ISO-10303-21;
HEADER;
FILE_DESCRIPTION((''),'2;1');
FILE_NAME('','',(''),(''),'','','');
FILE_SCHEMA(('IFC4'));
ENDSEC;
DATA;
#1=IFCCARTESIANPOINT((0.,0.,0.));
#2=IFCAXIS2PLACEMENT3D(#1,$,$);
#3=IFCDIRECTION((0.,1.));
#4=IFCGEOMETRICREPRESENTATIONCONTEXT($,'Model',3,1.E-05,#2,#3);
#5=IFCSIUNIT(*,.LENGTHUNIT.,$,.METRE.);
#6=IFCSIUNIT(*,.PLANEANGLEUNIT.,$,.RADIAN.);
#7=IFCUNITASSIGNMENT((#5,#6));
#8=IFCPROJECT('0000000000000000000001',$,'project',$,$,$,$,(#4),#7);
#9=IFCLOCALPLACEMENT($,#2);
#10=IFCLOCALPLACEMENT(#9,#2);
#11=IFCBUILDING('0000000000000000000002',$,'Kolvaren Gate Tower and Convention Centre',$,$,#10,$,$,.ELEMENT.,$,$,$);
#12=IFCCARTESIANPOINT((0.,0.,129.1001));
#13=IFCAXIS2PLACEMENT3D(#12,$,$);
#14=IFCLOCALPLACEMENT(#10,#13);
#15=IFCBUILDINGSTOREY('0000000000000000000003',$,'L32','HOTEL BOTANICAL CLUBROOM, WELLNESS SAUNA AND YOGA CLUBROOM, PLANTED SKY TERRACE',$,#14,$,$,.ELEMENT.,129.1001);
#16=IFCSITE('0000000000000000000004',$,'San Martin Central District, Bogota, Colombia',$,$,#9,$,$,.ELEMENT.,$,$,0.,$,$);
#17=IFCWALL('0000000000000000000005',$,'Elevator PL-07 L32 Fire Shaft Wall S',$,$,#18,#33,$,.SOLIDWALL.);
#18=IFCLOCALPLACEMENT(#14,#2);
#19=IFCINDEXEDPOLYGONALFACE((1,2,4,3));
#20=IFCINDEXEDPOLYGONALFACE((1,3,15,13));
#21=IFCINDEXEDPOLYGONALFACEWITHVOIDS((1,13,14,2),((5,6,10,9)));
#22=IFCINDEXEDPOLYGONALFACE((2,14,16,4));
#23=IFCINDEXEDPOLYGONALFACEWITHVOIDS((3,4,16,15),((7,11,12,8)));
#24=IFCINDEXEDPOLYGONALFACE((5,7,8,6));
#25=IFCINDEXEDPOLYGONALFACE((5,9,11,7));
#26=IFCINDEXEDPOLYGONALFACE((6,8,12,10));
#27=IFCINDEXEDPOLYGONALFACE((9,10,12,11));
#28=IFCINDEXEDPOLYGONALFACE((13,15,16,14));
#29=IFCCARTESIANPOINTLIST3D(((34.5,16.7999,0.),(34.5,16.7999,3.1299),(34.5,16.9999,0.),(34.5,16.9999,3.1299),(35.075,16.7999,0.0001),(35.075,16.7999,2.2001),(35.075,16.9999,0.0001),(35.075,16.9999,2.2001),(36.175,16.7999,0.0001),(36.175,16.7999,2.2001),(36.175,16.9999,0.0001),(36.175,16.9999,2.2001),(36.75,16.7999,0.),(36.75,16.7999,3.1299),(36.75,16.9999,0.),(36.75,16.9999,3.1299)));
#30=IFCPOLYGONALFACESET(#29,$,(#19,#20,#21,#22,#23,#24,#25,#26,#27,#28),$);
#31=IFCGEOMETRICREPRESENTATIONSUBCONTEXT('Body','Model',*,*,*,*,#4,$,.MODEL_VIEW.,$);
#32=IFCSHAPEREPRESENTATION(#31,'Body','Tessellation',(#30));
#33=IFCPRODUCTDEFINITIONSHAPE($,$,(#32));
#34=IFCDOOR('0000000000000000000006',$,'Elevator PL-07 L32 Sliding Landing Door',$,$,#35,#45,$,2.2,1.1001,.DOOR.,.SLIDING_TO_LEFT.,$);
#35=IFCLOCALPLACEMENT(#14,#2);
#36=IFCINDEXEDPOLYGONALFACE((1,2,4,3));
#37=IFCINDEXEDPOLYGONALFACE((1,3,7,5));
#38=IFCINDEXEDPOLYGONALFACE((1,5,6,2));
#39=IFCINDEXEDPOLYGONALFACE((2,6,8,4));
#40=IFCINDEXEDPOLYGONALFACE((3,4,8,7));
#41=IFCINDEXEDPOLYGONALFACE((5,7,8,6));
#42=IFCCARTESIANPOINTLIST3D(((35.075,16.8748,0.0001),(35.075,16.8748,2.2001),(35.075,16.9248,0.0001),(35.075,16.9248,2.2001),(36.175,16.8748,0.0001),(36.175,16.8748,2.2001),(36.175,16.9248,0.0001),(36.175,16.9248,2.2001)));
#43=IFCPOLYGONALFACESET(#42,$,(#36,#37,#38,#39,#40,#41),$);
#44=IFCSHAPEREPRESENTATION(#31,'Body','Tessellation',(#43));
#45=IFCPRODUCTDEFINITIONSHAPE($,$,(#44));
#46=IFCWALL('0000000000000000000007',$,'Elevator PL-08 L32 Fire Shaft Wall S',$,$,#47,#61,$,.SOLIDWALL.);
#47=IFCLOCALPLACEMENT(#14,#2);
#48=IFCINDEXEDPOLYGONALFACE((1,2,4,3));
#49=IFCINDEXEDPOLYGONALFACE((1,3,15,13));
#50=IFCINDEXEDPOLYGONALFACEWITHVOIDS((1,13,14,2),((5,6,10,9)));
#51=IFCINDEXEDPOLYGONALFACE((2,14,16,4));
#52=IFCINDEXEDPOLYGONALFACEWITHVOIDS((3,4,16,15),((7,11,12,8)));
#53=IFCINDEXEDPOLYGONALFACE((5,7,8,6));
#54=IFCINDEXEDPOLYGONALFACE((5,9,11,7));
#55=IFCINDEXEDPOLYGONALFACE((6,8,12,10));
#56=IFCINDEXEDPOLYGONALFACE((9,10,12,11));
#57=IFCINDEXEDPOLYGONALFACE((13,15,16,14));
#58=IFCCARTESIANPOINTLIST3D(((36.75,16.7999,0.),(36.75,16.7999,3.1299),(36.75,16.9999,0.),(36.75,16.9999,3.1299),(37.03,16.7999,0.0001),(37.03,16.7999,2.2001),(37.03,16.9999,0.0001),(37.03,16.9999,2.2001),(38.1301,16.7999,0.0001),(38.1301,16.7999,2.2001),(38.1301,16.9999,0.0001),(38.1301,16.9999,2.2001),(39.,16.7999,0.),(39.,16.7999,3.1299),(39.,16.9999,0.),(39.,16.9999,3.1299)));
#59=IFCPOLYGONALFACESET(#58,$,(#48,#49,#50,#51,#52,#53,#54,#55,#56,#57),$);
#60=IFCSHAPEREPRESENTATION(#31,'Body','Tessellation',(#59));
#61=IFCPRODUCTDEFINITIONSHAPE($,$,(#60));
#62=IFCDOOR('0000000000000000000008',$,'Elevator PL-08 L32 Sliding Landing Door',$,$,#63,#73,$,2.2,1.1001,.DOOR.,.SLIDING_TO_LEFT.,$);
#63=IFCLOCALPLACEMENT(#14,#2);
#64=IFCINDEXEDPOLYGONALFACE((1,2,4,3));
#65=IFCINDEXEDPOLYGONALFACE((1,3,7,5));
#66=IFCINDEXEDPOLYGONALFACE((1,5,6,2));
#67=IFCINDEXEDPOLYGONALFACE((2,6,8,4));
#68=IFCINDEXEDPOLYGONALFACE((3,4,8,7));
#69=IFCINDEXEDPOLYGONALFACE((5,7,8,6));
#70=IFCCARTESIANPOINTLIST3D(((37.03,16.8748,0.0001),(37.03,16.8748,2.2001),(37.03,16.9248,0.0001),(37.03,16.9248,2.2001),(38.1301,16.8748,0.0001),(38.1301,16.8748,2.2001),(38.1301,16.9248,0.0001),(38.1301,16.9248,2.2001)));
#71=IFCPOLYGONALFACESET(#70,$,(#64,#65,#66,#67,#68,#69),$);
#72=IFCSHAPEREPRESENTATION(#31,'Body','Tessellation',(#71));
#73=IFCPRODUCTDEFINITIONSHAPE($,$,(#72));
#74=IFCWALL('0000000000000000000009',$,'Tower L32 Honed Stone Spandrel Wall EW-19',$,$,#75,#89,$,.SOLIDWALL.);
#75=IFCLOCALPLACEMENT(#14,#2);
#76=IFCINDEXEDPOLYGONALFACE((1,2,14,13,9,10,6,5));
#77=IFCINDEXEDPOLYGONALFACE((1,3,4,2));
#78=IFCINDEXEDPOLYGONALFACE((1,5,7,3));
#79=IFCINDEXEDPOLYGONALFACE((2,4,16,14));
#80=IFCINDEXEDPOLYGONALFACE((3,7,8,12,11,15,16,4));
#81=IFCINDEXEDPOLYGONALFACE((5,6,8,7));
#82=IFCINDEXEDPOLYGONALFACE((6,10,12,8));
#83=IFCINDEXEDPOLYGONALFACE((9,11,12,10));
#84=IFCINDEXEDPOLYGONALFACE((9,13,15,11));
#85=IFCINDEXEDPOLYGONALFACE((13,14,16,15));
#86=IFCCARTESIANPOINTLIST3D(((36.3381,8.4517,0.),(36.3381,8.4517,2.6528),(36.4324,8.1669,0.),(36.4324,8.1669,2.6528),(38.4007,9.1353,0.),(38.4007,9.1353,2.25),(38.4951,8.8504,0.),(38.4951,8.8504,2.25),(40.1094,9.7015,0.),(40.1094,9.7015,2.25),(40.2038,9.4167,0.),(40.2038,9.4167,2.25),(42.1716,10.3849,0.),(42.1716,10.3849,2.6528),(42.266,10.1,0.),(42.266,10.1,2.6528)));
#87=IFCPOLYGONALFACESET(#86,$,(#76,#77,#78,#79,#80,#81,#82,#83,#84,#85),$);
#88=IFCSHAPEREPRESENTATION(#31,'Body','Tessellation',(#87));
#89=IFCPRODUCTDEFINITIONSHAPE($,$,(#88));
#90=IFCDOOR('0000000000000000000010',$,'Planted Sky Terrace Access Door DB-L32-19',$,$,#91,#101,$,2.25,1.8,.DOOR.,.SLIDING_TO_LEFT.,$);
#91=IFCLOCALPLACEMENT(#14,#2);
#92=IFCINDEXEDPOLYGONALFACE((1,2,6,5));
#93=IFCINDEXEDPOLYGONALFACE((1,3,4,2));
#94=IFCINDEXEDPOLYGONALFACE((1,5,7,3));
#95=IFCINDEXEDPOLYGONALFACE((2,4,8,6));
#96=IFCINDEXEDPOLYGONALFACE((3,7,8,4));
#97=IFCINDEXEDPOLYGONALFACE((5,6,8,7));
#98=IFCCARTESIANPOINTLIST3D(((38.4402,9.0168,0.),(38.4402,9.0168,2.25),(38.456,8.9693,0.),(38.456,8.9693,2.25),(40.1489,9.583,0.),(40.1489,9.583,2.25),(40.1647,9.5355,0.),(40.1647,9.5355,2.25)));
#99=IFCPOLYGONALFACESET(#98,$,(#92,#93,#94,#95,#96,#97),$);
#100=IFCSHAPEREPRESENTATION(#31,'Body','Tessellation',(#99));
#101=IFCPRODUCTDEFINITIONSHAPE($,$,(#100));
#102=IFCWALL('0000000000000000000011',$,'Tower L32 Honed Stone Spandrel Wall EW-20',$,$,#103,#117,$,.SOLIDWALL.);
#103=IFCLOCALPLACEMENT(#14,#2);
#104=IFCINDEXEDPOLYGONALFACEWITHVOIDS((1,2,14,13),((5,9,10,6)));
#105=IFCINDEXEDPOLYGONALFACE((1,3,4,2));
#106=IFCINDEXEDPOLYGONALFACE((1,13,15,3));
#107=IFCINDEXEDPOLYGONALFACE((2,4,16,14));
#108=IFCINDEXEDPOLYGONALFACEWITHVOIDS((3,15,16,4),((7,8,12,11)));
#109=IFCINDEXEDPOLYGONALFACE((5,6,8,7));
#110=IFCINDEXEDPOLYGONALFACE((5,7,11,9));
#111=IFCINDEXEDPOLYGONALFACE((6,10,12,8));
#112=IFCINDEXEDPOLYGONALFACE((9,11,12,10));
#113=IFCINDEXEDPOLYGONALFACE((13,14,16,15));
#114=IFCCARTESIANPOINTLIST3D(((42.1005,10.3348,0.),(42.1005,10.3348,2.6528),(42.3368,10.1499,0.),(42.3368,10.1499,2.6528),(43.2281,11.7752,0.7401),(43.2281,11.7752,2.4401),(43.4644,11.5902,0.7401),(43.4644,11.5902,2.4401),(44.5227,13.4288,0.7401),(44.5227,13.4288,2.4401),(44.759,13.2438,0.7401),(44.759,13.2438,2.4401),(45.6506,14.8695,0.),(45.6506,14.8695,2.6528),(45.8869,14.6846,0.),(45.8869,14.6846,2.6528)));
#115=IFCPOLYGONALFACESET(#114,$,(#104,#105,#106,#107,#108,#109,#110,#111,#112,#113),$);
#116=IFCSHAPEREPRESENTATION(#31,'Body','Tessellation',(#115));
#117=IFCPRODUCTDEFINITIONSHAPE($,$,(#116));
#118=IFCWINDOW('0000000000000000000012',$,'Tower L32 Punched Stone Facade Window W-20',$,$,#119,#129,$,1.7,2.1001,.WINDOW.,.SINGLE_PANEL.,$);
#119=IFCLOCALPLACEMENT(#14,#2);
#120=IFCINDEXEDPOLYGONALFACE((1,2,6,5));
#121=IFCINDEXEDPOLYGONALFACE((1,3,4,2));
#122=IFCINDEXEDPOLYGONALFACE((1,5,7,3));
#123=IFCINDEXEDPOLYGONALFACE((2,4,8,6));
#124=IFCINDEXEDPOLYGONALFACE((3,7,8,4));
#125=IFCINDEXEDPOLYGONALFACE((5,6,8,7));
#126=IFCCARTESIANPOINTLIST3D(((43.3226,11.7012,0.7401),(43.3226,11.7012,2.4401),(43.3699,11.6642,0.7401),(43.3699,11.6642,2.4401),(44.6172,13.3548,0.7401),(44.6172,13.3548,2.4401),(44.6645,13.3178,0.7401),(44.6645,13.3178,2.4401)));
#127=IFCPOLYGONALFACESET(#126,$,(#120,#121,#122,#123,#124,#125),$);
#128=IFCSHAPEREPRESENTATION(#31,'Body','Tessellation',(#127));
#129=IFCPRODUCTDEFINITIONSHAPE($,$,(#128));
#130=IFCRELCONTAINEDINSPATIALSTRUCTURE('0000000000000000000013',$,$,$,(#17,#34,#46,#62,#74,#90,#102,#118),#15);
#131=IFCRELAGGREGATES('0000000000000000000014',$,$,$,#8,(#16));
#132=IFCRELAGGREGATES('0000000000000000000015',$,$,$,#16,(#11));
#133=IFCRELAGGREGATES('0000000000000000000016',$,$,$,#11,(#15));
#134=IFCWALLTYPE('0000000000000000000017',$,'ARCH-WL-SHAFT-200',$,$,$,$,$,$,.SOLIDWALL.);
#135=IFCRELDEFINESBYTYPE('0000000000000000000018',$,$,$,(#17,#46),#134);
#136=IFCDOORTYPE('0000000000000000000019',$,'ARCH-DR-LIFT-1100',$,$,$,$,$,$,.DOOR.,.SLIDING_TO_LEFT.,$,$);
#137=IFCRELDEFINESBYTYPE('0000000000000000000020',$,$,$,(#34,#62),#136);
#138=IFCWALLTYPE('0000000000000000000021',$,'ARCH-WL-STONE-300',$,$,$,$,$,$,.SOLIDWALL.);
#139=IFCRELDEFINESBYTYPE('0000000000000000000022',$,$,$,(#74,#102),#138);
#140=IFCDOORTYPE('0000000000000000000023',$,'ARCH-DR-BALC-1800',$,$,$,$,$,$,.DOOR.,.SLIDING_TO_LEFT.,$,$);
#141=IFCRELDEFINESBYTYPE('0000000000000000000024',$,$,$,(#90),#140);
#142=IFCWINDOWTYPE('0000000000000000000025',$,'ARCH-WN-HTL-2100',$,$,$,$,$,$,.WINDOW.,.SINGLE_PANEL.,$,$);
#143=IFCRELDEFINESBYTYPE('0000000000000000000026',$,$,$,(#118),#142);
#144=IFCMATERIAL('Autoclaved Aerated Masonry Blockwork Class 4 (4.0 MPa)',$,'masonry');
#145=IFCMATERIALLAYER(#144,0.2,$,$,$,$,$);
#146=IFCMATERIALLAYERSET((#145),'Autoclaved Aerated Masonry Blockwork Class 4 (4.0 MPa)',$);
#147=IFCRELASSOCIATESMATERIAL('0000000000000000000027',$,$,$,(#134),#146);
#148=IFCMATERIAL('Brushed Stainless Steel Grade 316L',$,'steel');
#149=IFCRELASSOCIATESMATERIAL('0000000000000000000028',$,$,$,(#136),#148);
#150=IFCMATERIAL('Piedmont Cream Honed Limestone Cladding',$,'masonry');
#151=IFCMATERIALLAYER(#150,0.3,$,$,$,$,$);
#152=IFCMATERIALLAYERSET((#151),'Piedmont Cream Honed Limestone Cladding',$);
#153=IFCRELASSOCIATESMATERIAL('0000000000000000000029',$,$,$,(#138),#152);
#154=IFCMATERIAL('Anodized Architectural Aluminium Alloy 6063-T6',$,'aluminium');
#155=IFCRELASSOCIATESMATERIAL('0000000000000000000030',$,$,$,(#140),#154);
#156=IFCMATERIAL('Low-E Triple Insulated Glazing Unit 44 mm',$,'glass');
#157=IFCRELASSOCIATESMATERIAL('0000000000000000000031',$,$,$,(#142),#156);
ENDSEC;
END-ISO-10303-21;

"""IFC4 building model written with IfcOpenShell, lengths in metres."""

from ifc_helpers import new_model, si_unit, direction, frame, frame_2d, origin, place, context, subcontext, project, spatial, rectangle, extrude, material, layer, layer_set, type_object, element, fill, save


model = new_model("IFC4")

# Units and contexts
model_context = context("Model", 3, precision=1e-05, world=origin(), true_north=direction((0.0, 1.0)))
body_context = subcontext(model_context, "Body", "Model", "MODEL_VIEW")
ifc_project = project(units=[si_unit("LENGTHUNIT", "METRE"), si_unit("PLANEANGLEUNIT", "RADIAN")], contexts=[model_context])

# Site, building, storey
site_placement = place(None, origin())
site = spatial("IfcSite", under=ifc_project, at=site_placement, Name="San Martin Central District, Bogota, Colombia", CompositionType="ELEMENT", RefElevation=0.0)
building_placement = place(site_placement, origin())
building = spatial("IfcBuilding", under=site, at=building_placement, Name="Kolvaren Gate Tower and Convention Centre", CompositionType="ELEMENT")
storey_placement = place(building_placement, frame((0.0, 0.0, 129.1001)))
storey = spatial("IfcBuildingStorey", under=building, at=storey_placement, Name="L32", Description="HOTEL BOTANICAL CLUBROOM, WELLNESS SAUNA AND YOGA CLUBROOM, PLANTED SKY TERRACE", CompositionType="ELEMENT", Elevation=129.1001)

# Shared definitions
ifc_material_1 = material(Name="Piedmont Cream Honed Limestone Cladding", Category="masonry")
ifc_material_2 = material(Name="Autoclaved Aerated Masonry Blockwork Class 4 (4.0 MPa)", Category="masonry")
ifc_layer_1 = layer(ifc_material_2, 0.2)
ifc_layer_set_1 = layer_set([ifc_layer_1], Name="Autoclaved Aerated Masonry Blockwork Class 4 (4.0 MPa)")
wall_type_1 = type_object("IfcWallType", Name="ARCH-WL-SHAFT-200", PredefinedType="SOLIDWALL", material=ifc_layer_set_1)

# Shared definitions
ifc_material_3 = material(Name="Brushed Stainless Steel Grade 316L", Category="steel")
door_type_1 = type_object("IfcDoorType", Name="ARCH-DR-LIFT-1100", OperationType="SLIDING_TO_LEFT", PredefinedType="DOOR", material=ifc_material_3)

# Walls, openings, doors
wall_1_placement = place(storey_placement, frame((34.5, 16.8999, 0.0), z_axis=(0.0, 0.0, 1.0), x_axis=(1.0, 0.0, 0.0)))
wall_1 = element("IfcWall", 1, at=wall_1_placement, inside=storey, type_object=wall_type_1, Name="Elevator PL-07 L32 Fire Shaft Wall S", PredefinedType="SOLIDWALL", context=body_context, shape_type="SweptSolid", body=[
    extrude(rectangle(XDim=2.25, YDim=0.2, at=frame_2d((1.125, 0.0))), origin(), (0.0, 0.0, 1.0), 3.1299),
])
opening_1_placement = place(wall_1_placement, frame((0.575, 0.0, 0.0)))
opening_1 = element("IfcOpeningElement", 2, at=opening_1_placement, cuts=wall_1, PredefinedType="OPENING", context=body_context, shape_type="SweptSolid", body=[
    extrude(rectangle(XDim=1.1001, YDim=2.2, at=frame_2d((0.55, 1.1001))), frame((0.0, 0.1099, 0.0), z_axis=(0.0, -1.0, 0.0), x_axis=(1.0, 0.0, 0.0)), (0.0, 0.0, 1.0), 0.22),
])
door_1_placement = place(opening_1_placement, origin())
door_1 = element("IfcDoor", 3, at=door_1_placement, inside=storey, type_object=door_type_1, Name="Elevator PL-07 L32 Sliding Landing Door", OperationType="SLIDING_TO_LEFT", OverallHeight=2.2, OverallWidth=1.1001, PredefinedType="DOOR", context=body_context, shape_type="SweptSolid", body=[
    extrude(rectangle(XDim=1.1001, YDim=2.2, at=frame_2d((0.55, 1.1001))), frame((0.0, 0.0249, 0.0), z_axis=(0.0, -1.0, 0.0), x_axis=(1.0, 0.0, 0.0)), (0.0, 0.0, 1.0), 0.05),
])
fill(opening_1, door_1)
wall_2_placement = place(storey_placement, frame((36.75, 16.8999, 0.0), z_axis=(0.0, 0.0, 1.0), x_axis=(1.0, 0.0, 0.0)))
wall_2 = element("IfcWall", 4, at=wall_2_placement, inside=storey, type_object=wall_type_1, Name="Elevator PL-08 L32 Fire Shaft Wall S", PredefinedType="SOLIDWALL", context=body_context, shape_type="SweptSolid", body=[
    extrude(rectangle(XDim=2.25, YDim=0.2, at=frame_2d((1.125, 0.0))), origin(), (0.0, 0.0, 1.0), 3.1299),
])
opening_2_placement = place(wall_2_placement, frame((0.28, 0.0, 0.0)))
opening_2 = element("IfcOpeningElement", 5, at=opening_2_placement, cuts=wall_2, PredefinedType="OPENING", context=body_context, shape_type="SweptSolid", body=[
    extrude(rectangle(XDim=1.1001, YDim=2.2, at=frame_2d((0.55, 1.1001))), frame((0.0, 0.1099, 0.0), z_axis=(0.0, -1.0, 0.0), x_axis=(1.0, 0.0, 0.0)), (0.0, 0.0, 1.0), 0.22),
])
door_2_placement = place(opening_2_placement, origin())
door_2 = element("IfcDoor", 6, at=door_2_placement, inside=storey, type_object=door_type_1, Name="Elevator PL-08 L32 Sliding Landing Door", OperationType="SLIDING_TO_LEFT", OverallHeight=2.2, OverallWidth=1.1001, PredefinedType="DOOR", context=body_context, shape_type="SweptSolid", body=[
    extrude(rectangle(XDim=1.1001, YDim=2.2, at=frame_2d((0.55, 1.1001))), frame((0.0, 0.0249, 0.0), z_axis=(0.0, -1.0, 0.0), x_axis=(1.0, 0.0, 0.0)), (0.0, 0.0, 1.0), 0.05),
])
fill(opening_2, door_2)
ifc_layer_2 = layer(ifc_material_1, 0.3)
ifc_layer_set_2 = layer_set([ifc_layer_2], Name="Piedmont Cream Honed Limestone Cladding")
wall_type_2 = type_object("IfcWallType", Name="ARCH-WL-STONE-300", PredefinedType="SOLIDWALL", material=ifc_layer_set_2)
wall_3_placement = place(storey_placement, frame((36.3853, 8.3093, 0.0), z_axis=(0.0, 0.0, 1.0), x_axis=(0.949238, 0.314559, 0.0)))
wall_3 = element("IfcWall", 7, at=wall_3_placement, inside=storey, type_object=wall_type_2, Name="Tower L32 Honed Stone Spandrel Wall EW-19", PredefinedType="SOLIDWALL", context=body_context, shape_type="SweptSolid", body=[
    extrude(rectangle(XDim=6.1455, YDim=0.3, at=frame_2d((3.0728, 0.0))), origin(), (0.0, 0.0, 1.0), 2.6528),
])
opening_3_placement = place(wall_3_placement, frame((2.1731, 0.0, 0.0)))
opening_3 = element("IfcOpeningElement", 8, at=opening_3_placement, cuts=wall_3, PredefinedType="OPENING", context=body_context, shape_type="SweptSolid", body=[
    extrude(rectangle(XDim=1.8, YDim=2.25, at=frame_2d((0.8999, 1.125))), frame((0.0, 0.1599, 0.0), z_axis=(0.0, -1.0, 0.0), x_axis=(1.0, 0.0, 0.0)), (0.0, 0.0, 1.0), 0.3201),
])
ifc_material_4 = material(Name="Anodized Architectural Aluminium Alloy 6063-T6", Category="aluminium")
door_type_2 = type_object("IfcDoorType", Name="ARCH-DR-BALC-1800", OperationType="SLIDING_TO_LEFT", PredefinedType="DOOR", material=ifc_material_4)
door_3_placement = place(opening_3_placement, frame((1.8, 0.0, 0.0), z_axis=(0.0, 0.0, 1.0), x_axis=(-1.0, 0.0, 0.0)))
door_3 = element("IfcDoor", 9, at=door_3_placement, inside=storey, type_object=door_type_2, Name="Planted Sky Terrace Access Door DB-L32-19", OperationType="SLIDING_TO_LEFT", OverallHeight=2.25, OverallWidth=1.8, PredefinedType="DOOR", context=body_context, shape_type="SweptSolid", body=[
    extrude(rectangle(XDim=1.8, YDim=2.25, at=frame_2d((0.8999, 1.125))), frame((0.0, 0.0249, 0.0), z_axis=(0.0, -1.0, 0.0), x_axis=(1.0, 0.0, 0.0)), (0.0, 0.0, 1.0), 0.05),
])
fill(opening_3, door_3)

# Wall, opening, window
wall_4_placement = place(storey_placement, frame((42.2188, 10.2424, 0.0), z_axis=(0.0, 0.0, 1.0), x_axis=(0.616435, 0.787406, 0.0)))
wall_4 = element("IfcWall", 10, at=wall_4_placement, inside=storey, type_object=wall_type_2, Name="Tower L32 Honed Stone Spandrel Wall EW-20", PredefinedType="SOLIDWALL", context=body_context, shape_type="SweptSolid", body=[
    extrude(rectangle(XDim=5.759, YDim=0.3, at=frame_2d((2.8794, 0.0))), origin(), (0.0, 0.0, 1.0), 2.6528),
])
opening_4_placement = place(wall_4_placement, frame((1.8291, 0.0, 0.74)))
opening_4 = element("IfcOpeningElement", 11, at=opening_4_placement, cuts=wall_4, PredefinedType="OPENING", context=body_context, shape_type="SweptSolid", body=[
    extrude(rectangle(XDim=2.1001, YDim=1.7, at=frame_2d((1.05, 0.8501))), frame((0.0, 0.1599, 0.0), z_axis=(0.0, -1.0, 0.0), x_axis=(1.0, 0.0, 0.0)), (0.0, 0.0, 1.0), 0.3201),
])
ifc_material_5 = material(Name="Low-E Triple Insulated Glazing Unit 44 mm", Category="glass")
window_type = type_object("IfcWindowType", Name="ARCH-WN-HTL-2100", PartitioningType="SINGLE_PANEL", PredefinedType="WINDOW", material=ifc_material_5)
window_placement = place(opening_4_placement, origin())
window = element("IfcWindow", 12, at=window_placement, inside=storey, type_object=window_type, Name="Tower L32 Punched Stone Facade Window W-20", OverallHeight=1.7, OverallWidth=2.1001, PartitioningType="SINGLE_PANEL", PredefinedType="WINDOW", context=body_context, shape_type="SweptSolid", body=[
    extrude(rectangle(XDim=2.1001, YDim=1.7, at=frame_2d((1.05, 0.8501))), frame((0.0, 0.03, 0.0), z_axis=(0.0, -1.0, 0.0), x_axis=(1.0, 0.0, 0.0)), (0.0, 0.0, 1.0), 0.0601),
])
fill(opening_4, window)

save(model, "model.ifc")
